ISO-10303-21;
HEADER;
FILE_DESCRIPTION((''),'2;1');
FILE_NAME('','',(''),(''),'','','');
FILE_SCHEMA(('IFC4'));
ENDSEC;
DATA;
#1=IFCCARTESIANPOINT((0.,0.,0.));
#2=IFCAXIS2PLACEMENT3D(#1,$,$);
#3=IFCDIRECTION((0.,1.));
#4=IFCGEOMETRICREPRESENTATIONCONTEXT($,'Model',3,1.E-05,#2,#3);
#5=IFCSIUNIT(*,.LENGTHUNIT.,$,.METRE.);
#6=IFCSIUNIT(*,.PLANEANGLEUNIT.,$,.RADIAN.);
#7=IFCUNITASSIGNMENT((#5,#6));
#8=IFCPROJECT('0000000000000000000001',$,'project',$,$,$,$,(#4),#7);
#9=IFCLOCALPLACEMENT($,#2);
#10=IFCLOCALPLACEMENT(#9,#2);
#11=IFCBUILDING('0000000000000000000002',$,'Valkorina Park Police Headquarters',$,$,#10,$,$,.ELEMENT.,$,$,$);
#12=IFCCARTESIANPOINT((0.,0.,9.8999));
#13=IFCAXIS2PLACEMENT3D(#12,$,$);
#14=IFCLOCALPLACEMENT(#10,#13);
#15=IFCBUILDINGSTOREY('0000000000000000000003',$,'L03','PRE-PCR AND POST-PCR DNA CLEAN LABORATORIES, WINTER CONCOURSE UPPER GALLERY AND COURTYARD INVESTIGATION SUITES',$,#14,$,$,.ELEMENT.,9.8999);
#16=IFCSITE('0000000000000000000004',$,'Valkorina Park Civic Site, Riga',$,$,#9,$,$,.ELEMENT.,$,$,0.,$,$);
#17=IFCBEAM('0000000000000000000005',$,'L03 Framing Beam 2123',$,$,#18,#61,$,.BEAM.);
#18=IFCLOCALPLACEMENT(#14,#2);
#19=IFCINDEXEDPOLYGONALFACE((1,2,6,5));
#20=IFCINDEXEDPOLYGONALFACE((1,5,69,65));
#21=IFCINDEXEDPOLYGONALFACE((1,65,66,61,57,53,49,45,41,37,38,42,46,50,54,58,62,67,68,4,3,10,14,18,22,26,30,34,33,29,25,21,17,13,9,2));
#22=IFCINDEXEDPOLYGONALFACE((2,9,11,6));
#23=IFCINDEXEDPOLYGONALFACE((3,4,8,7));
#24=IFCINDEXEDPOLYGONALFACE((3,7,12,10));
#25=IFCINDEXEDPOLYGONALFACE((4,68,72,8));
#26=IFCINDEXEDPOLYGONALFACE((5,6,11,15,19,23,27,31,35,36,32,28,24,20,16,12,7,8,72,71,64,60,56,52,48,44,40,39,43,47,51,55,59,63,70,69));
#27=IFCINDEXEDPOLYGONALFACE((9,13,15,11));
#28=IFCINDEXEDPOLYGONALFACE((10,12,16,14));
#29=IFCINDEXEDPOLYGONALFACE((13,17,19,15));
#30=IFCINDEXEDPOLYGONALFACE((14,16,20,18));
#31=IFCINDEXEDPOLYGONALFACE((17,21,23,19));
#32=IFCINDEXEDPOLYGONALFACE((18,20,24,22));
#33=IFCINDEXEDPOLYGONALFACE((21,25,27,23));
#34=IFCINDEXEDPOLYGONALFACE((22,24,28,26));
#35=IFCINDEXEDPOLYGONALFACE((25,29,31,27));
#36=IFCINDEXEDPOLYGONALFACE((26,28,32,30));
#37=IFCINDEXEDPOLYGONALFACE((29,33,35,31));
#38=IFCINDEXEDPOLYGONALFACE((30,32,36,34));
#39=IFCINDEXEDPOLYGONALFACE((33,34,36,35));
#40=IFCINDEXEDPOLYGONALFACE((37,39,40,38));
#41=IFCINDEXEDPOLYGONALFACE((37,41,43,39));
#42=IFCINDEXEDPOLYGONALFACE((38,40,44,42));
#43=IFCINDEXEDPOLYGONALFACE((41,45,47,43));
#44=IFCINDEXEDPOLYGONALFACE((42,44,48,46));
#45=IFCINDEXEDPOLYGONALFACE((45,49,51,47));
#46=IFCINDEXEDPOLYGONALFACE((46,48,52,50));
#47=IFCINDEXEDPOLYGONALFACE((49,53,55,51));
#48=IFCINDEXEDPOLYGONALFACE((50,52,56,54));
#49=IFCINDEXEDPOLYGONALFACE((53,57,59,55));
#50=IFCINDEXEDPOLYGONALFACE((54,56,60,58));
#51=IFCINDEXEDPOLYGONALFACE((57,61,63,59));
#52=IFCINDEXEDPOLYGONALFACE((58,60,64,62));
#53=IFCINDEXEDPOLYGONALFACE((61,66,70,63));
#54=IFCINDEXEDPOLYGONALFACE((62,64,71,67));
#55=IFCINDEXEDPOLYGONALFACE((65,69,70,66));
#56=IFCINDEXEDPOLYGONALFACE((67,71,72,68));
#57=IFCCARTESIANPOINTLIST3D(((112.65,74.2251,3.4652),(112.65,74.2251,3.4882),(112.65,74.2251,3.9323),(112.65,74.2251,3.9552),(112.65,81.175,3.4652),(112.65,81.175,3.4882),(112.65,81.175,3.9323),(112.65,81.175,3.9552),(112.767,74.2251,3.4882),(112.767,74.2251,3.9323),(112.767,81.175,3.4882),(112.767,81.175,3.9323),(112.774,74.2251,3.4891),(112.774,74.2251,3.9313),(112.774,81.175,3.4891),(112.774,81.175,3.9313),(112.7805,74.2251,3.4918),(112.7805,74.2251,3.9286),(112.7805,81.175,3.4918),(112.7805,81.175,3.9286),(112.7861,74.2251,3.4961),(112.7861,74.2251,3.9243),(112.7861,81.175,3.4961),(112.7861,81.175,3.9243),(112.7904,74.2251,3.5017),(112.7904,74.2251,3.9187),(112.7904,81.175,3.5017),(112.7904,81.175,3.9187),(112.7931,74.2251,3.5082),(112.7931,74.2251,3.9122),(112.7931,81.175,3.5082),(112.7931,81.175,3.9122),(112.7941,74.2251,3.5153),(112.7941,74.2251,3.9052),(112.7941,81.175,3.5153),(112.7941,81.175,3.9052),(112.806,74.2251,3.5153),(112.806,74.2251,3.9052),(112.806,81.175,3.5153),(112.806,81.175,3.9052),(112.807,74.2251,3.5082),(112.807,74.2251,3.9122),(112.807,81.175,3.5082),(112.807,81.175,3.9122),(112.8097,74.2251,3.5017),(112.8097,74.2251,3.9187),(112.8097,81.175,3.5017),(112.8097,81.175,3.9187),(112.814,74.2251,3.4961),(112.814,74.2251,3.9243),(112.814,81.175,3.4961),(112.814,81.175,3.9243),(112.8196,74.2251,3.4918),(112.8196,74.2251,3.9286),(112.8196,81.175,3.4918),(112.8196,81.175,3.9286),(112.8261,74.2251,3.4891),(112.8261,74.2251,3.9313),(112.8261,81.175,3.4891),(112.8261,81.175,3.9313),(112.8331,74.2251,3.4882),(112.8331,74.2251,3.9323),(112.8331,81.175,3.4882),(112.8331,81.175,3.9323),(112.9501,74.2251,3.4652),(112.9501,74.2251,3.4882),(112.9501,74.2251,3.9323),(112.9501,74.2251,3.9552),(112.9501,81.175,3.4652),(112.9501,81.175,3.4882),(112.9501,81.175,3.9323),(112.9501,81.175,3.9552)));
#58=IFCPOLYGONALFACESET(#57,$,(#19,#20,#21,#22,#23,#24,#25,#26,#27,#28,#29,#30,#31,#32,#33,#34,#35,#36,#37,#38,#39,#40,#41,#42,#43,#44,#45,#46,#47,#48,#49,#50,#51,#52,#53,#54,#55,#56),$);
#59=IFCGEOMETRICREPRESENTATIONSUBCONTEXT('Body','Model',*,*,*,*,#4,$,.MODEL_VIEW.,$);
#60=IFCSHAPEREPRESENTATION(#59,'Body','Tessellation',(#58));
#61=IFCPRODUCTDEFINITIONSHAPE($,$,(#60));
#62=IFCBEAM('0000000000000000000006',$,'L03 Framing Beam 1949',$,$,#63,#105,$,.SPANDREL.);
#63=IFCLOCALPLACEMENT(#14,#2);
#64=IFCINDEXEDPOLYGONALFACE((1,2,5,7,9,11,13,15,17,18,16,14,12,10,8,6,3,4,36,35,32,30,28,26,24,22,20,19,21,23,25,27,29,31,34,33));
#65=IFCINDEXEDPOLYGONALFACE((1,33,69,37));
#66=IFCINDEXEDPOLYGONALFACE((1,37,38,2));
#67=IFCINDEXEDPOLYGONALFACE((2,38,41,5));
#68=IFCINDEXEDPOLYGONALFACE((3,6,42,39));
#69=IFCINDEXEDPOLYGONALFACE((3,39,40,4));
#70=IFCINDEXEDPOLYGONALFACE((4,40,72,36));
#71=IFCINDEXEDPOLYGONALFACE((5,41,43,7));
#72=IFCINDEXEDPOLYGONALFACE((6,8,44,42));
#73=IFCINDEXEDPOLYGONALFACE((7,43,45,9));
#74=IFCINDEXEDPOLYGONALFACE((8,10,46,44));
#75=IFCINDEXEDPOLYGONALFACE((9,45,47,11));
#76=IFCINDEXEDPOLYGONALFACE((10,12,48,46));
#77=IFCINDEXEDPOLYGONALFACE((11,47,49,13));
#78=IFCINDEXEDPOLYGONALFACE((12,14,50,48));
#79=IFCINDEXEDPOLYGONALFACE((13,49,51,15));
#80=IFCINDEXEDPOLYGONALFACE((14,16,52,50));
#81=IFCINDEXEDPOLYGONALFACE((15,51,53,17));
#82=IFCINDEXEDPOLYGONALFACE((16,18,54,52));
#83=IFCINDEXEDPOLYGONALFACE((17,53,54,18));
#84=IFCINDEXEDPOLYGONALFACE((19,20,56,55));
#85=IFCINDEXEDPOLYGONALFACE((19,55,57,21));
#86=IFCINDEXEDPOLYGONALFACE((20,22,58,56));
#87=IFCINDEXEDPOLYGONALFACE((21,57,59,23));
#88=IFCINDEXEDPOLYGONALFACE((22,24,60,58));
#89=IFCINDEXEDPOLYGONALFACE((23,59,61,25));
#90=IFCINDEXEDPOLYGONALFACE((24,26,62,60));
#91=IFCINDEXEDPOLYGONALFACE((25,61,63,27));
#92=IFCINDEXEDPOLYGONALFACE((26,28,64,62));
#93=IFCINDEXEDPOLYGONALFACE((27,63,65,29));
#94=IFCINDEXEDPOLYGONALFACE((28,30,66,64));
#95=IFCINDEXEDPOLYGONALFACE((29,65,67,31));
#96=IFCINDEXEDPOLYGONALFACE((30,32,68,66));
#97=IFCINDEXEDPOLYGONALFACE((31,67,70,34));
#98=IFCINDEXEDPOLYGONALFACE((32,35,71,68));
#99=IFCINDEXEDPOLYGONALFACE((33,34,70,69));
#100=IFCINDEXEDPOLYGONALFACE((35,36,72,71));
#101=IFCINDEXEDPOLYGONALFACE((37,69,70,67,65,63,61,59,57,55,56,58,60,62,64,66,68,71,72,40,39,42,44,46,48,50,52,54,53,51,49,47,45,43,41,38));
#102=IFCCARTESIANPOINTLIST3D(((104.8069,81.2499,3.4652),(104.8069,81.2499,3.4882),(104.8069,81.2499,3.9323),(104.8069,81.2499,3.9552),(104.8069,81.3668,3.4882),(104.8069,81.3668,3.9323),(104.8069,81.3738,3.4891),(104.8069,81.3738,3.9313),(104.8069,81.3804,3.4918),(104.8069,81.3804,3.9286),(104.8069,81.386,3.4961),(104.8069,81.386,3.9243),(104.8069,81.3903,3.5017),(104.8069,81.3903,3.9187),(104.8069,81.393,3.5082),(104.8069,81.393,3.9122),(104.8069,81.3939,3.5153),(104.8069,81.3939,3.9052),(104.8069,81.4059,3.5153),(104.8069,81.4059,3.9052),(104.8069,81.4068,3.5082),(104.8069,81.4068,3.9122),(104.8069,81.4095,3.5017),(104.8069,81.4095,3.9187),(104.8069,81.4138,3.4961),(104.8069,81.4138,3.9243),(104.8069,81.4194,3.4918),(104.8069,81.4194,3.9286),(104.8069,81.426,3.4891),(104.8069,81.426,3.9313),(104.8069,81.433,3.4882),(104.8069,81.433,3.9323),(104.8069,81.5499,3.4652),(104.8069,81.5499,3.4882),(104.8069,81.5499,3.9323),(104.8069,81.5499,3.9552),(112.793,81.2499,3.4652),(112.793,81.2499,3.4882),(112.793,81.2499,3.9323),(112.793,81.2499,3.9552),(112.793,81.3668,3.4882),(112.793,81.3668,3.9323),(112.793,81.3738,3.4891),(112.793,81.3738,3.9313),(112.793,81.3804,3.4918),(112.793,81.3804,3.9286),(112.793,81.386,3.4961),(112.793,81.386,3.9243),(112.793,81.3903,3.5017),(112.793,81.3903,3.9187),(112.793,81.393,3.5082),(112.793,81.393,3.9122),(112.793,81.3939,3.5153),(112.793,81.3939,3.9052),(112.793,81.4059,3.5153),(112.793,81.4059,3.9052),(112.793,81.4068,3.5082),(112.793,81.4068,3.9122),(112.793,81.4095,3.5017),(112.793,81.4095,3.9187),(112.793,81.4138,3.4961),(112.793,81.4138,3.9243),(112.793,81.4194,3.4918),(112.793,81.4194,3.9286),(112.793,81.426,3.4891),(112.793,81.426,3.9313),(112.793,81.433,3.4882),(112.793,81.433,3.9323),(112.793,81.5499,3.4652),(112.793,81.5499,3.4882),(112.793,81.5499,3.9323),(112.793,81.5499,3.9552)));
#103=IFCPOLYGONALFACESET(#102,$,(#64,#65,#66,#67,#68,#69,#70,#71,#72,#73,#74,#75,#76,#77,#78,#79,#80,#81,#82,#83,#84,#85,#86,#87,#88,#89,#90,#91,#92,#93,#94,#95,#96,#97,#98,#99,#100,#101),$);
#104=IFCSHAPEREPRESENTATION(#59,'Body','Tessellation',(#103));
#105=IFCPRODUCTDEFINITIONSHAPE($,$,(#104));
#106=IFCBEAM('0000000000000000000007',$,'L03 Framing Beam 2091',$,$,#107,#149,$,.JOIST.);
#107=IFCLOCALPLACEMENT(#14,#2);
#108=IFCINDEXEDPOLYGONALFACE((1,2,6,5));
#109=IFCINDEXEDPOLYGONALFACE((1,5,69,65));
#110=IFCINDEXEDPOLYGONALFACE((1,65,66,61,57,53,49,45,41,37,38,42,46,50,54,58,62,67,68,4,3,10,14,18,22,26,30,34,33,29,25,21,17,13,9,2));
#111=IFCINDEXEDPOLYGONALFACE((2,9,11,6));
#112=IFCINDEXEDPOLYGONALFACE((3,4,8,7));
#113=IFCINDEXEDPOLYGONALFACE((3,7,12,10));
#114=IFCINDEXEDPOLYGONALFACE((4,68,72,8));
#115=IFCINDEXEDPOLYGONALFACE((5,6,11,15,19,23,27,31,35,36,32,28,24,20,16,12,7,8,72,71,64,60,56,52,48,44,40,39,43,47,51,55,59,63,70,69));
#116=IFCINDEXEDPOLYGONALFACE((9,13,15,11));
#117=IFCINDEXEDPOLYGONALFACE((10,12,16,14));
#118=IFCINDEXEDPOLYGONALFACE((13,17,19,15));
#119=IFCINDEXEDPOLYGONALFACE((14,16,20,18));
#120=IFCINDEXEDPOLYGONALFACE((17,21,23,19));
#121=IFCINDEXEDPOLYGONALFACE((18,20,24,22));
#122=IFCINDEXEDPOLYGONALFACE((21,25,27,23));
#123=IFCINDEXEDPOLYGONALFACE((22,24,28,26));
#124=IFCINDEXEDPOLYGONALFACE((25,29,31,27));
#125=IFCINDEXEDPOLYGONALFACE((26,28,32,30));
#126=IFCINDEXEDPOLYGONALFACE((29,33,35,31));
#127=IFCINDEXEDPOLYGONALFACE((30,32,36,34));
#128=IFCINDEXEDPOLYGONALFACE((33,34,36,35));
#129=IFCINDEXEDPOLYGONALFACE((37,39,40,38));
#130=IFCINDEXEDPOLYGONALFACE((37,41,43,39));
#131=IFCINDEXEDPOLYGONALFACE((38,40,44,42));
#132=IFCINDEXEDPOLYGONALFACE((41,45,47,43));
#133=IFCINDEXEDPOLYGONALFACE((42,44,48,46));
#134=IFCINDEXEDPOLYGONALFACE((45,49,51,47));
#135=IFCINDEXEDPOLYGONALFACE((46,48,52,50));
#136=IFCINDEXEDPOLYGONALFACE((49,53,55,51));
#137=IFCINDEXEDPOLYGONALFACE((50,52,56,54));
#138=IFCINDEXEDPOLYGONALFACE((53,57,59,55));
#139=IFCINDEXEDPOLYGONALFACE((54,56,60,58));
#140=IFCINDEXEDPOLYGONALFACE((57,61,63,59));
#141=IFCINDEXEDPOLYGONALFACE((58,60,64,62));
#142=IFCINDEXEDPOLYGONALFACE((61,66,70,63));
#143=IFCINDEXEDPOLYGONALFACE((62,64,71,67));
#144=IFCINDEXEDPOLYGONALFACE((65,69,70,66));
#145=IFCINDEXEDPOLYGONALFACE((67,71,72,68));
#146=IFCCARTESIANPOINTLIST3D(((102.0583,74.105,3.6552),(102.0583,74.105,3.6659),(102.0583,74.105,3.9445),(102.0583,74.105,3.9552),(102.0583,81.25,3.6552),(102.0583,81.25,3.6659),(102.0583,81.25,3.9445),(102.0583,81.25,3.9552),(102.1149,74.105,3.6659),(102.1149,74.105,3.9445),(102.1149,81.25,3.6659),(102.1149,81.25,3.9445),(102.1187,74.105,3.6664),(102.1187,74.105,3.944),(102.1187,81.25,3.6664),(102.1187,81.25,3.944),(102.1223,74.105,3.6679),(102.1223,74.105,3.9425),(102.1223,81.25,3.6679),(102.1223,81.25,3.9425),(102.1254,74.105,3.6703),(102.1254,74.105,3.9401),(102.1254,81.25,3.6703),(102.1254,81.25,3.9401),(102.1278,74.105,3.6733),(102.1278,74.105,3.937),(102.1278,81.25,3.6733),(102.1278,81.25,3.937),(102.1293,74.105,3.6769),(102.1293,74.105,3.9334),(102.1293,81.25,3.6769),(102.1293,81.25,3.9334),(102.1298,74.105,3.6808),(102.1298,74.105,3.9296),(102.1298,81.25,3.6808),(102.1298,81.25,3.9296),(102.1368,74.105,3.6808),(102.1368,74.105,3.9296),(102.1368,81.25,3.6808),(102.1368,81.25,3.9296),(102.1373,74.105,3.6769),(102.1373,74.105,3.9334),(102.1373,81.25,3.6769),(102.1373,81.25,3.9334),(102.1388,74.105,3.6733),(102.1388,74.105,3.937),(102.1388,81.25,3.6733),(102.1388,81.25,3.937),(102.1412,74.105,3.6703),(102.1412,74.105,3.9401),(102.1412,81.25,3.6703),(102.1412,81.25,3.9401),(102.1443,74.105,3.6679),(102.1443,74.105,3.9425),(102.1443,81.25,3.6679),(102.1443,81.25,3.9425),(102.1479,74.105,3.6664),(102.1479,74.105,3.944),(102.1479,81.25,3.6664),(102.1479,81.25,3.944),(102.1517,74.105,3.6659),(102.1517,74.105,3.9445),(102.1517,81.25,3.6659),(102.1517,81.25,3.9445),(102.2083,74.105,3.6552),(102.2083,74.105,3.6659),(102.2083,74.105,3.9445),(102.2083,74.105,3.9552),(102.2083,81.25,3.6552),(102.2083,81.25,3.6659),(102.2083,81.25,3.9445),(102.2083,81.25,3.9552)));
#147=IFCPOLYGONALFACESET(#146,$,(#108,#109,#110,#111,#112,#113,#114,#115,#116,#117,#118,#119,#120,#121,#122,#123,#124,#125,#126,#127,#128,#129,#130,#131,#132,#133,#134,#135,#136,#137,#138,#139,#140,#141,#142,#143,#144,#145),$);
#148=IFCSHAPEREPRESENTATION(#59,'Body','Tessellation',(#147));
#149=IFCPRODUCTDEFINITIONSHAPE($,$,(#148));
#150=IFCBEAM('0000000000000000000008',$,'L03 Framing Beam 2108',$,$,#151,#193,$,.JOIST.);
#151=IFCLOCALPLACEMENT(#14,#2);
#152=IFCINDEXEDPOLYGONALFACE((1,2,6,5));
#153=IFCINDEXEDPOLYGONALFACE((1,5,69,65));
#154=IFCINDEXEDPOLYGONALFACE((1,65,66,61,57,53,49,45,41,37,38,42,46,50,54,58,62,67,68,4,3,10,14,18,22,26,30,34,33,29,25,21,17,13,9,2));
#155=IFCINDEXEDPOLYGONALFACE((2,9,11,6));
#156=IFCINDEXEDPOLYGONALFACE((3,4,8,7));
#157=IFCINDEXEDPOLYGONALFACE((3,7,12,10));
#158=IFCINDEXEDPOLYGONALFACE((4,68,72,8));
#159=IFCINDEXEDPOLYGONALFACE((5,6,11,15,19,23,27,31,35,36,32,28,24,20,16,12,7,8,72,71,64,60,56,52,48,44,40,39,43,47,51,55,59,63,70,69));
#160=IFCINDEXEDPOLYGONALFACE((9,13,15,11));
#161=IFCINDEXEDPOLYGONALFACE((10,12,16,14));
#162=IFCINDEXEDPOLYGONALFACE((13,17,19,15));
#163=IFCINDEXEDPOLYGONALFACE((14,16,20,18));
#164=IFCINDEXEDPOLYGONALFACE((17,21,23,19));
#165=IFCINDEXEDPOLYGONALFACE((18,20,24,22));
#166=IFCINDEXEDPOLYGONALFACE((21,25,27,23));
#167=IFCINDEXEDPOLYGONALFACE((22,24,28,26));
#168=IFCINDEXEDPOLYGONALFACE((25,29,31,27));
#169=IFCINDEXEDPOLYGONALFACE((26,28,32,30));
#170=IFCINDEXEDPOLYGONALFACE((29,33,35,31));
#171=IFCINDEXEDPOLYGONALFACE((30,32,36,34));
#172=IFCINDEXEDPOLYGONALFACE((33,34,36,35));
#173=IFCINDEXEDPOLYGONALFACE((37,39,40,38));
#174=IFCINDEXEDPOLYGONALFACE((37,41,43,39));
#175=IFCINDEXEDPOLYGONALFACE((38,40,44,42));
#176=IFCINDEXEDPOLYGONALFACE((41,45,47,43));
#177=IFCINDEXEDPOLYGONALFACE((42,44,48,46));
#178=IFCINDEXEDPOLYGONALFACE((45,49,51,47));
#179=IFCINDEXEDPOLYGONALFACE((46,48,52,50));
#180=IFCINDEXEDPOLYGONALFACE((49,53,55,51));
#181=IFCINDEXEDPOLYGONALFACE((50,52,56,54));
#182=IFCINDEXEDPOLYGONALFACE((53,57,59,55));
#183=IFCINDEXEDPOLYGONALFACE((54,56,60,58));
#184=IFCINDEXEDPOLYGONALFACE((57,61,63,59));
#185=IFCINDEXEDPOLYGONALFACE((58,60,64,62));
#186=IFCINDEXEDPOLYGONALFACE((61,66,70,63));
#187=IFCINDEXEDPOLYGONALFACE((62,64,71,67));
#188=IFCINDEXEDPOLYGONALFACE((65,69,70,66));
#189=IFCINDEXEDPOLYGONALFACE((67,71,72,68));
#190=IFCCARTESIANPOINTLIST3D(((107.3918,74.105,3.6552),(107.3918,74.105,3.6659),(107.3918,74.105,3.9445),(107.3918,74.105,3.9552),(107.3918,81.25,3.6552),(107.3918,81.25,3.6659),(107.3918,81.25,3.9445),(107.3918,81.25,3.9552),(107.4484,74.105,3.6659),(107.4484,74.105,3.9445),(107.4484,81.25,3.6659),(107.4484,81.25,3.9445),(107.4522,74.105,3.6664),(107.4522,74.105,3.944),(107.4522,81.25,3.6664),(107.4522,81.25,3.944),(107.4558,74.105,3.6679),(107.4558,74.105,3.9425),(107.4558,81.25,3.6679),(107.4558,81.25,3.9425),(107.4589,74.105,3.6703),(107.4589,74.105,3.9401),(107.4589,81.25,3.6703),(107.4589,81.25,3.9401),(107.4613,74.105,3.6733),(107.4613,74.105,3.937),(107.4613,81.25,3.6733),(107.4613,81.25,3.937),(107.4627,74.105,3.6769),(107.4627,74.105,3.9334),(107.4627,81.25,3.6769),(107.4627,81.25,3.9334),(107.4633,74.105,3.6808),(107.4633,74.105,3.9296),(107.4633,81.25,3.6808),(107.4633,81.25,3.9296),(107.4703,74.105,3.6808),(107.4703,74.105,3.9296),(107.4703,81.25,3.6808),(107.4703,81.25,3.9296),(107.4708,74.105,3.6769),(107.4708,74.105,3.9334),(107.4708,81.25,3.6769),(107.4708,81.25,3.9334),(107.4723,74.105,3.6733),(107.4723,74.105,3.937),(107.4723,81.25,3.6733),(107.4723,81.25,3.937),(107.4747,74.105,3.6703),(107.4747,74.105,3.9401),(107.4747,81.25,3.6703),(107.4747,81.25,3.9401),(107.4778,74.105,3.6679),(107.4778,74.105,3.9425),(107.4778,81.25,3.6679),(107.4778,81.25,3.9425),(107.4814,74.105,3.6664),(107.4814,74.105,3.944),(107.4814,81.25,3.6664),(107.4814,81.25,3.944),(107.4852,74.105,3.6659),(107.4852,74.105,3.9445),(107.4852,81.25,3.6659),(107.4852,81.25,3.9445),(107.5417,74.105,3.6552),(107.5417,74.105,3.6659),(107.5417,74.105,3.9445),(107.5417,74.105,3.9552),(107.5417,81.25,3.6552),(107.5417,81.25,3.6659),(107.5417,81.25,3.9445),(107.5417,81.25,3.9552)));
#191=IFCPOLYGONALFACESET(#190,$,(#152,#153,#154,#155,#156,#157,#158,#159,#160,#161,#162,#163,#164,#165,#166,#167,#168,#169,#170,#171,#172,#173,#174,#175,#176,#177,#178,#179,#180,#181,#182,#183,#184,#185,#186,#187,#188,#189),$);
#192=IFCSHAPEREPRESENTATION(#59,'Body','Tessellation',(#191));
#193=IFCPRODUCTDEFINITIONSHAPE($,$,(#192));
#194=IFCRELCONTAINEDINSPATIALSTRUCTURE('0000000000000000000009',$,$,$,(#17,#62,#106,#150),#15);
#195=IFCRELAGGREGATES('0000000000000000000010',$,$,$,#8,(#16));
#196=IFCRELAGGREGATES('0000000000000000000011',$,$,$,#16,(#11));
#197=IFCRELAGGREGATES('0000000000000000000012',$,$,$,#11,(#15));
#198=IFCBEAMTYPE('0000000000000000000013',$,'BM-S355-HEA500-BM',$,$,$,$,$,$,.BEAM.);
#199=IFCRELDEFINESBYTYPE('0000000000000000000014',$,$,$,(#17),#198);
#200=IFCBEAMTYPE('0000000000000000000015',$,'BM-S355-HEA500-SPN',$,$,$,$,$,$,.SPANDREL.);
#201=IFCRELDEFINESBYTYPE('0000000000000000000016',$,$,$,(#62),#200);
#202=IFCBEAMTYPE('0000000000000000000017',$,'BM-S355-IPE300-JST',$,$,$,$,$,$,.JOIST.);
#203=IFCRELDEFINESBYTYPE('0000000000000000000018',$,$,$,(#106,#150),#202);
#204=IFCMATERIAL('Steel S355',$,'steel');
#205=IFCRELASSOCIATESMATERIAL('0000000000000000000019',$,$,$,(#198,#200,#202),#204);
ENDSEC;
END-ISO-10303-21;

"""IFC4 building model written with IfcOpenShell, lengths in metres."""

from ifc_helpers import new_model, si_unit, direction, frame, origin, origin_2d, place, context, subcontext, project, spatial, i_section, extrude, material, material_profile, profile_set, type_object, element, save


model = new_model("IFC4")

# Units and contexts
model_context = context("Model", 3, precision=1e-05, world=origin(), true_north=direction((0.0, 1.0)))
body_context = subcontext(model_context, "Body", "Model", "MODEL_VIEW")
ifc_project = project(units=[si_unit("LENGTHUNIT", "METRE"), si_unit("PLANEANGLEUNIT", "RADIAN")], contexts=[model_context])

# Site, building, storey
site_placement = place(None, origin())
site = spatial("IfcSite", under=ifc_project, at=site_placement, Name="Valkorina Park Civic Site, Riga", CompositionType="ELEMENT", RefElevation=0.0)
building_placement = place(site_placement, origin())
building = spatial("IfcBuilding", under=site, at=building_placement, Name="Valkorina Park Police Headquarters", CompositionType="ELEMENT")
storey_placement = place(building_placement, frame((0.0, 0.0, 9.8999)))
storey = spatial("IfcBuildingStorey", under=building, at=storey_placement, Name="L03", Description="PRE-PCR AND POST-PCR DNA CLEAN LABORATORIES, WINTER CONCOURSE UPPER GALLERY AND COURTYARD INVESTIGATION SUITES", CompositionType="ELEMENT", Elevation=9.8999)

# Shared definitions
ifc_material_1 = material(Name="Steel S355", Category="steel")

# Beams
ifc_material_profile_1 = material_profile(ifc_material_1, i_section(OverallWidth=0.3, OverallDepth=0.49, WebThickness=0.012, FlangeThickness=0.0229, FilletRadius=0.0271, at=origin_2d()), Name="HEA 500")
ifc_profile_set_1 = profile_set([ifc_material_profile_1], Name="Steel S355")
beam_type_1 = type_object("IfcBeamType", Name="BM-S355-HEA500-BM", PredefinedType="BEAM", material=ifc_profile_set_1)
for number, where, z_axis, x_axis, name in (
    (1, (112.8, 74.2251, 3.7102), (0.0, 1.0, 0.0), (-1.0, 0.0, 0.0), "L03 Framing Beam 2123"),
):
    element("IfcBeam", number, at=place(storey_placement, frame(where, z_axis=z_axis, x_axis=x_axis)), inside=storey, type_object=beam_type_1, Name=name, PredefinedType="BEAM", context=body_context, shape_type="SweptSolid", body=[
        extrude(i_section(OverallWidth=0.3, OverallDepth=0.49, WebThickness=0.012, FlangeThickness=0.0229, FilletRadius=0.0271, at=origin_2d()), origin(), (0.0, 0.0, 1.0), 6.95),
    ])
ifc_material_profile_2 = material_profile(ifc_material_1, i_section(OverallWidth=0.3, OverallDepth=0.49, WebThickness=0.012, FlangeThickness=0.0229, FilletRadius=0.0271, at=origin_2d()), Name="HEA 500")
ifc_profile_set_2 = profile_set([ifc_material_profile_2], Name="Steel S355")
beam_type_2 = type_object("IfcBeamType", Name="BM-S355-HEA500-SPN", PredefinedType="SPANDREL", material=ifc_profile_set_2)
beam_placement = place(storey_placement, frame((104.8069, 81.3999, 3.7102), z_axis=(1.0, 0.0, 0.0), x_axis=(0.0, 1.0, 0.0)))
element("IfcBeam", 2, at=beam_placement, inside=storey, type_object=beam_type_2, Name="L03 Framing Beam 1949", PredefinedType="SPANDREL", context=body_context, shape_type="SweptSolid", body=[
    extrude(i_section(OverallWidth=0.3, OverallDepth=0.49, WebThickness=0.012, FlangeThickness=0.0229, FilletRadius=0.0271, at=origin_2d()), origin(), (0.0, 0.0, 1.0), 7.9861),
])
ifc_material_profile_3 = material_profile(ifc_material_1, i_section(OverallWidth=0.1499, OverallDepth=0.3, WebThickness=0.0071, FlangeThickness=0.0107, FilletRadius=0.0149, at=origin_2d()), Name="IPE 300")
ifc_profile_set_3 = profile_set([ifc_material_profile_3], Name="Steel S355")
beam_type_3 = type_object("IfcBeamType", Name="BM-S355-IPE300-JST", PredefinedType="JOIST", material=ifc_profile_set_3)
for number, where, z_axis, x_axis, name in (
    (3, (102.1333, 74.105, 3.8052), (0.0, 1.0, 0.0), (-1.0, 0.0, 0.0), "L03 Framing Beam 2091"),
    (4, (107.4668, 74.105, 3.8052), (0.0, 1.0, 0.0), (-1.0, 0.0, 0.0), "L03 Framing Beam 2108"),
):
    element("IfcBeam", number, at=place(storey_placement, frame(where, z_axis=z_axis, x_axis=x_axis)), inside=storey, type_object=beam_type_3, Name=name, PredefinedType="JOIST", context=body_context, shape_type="SweptSolid", body=[
        extrude(i_section(OverallWidth=0.1499, OverallDepth=0.3, WebThickness=0.0071, FlangeThickness=0.0107, FilletRadius=0.0149, at=origin_2d()), origin(), (0.0, 0.0, 1.0), 7.145),
    ])

save(model, "model.ifc")
